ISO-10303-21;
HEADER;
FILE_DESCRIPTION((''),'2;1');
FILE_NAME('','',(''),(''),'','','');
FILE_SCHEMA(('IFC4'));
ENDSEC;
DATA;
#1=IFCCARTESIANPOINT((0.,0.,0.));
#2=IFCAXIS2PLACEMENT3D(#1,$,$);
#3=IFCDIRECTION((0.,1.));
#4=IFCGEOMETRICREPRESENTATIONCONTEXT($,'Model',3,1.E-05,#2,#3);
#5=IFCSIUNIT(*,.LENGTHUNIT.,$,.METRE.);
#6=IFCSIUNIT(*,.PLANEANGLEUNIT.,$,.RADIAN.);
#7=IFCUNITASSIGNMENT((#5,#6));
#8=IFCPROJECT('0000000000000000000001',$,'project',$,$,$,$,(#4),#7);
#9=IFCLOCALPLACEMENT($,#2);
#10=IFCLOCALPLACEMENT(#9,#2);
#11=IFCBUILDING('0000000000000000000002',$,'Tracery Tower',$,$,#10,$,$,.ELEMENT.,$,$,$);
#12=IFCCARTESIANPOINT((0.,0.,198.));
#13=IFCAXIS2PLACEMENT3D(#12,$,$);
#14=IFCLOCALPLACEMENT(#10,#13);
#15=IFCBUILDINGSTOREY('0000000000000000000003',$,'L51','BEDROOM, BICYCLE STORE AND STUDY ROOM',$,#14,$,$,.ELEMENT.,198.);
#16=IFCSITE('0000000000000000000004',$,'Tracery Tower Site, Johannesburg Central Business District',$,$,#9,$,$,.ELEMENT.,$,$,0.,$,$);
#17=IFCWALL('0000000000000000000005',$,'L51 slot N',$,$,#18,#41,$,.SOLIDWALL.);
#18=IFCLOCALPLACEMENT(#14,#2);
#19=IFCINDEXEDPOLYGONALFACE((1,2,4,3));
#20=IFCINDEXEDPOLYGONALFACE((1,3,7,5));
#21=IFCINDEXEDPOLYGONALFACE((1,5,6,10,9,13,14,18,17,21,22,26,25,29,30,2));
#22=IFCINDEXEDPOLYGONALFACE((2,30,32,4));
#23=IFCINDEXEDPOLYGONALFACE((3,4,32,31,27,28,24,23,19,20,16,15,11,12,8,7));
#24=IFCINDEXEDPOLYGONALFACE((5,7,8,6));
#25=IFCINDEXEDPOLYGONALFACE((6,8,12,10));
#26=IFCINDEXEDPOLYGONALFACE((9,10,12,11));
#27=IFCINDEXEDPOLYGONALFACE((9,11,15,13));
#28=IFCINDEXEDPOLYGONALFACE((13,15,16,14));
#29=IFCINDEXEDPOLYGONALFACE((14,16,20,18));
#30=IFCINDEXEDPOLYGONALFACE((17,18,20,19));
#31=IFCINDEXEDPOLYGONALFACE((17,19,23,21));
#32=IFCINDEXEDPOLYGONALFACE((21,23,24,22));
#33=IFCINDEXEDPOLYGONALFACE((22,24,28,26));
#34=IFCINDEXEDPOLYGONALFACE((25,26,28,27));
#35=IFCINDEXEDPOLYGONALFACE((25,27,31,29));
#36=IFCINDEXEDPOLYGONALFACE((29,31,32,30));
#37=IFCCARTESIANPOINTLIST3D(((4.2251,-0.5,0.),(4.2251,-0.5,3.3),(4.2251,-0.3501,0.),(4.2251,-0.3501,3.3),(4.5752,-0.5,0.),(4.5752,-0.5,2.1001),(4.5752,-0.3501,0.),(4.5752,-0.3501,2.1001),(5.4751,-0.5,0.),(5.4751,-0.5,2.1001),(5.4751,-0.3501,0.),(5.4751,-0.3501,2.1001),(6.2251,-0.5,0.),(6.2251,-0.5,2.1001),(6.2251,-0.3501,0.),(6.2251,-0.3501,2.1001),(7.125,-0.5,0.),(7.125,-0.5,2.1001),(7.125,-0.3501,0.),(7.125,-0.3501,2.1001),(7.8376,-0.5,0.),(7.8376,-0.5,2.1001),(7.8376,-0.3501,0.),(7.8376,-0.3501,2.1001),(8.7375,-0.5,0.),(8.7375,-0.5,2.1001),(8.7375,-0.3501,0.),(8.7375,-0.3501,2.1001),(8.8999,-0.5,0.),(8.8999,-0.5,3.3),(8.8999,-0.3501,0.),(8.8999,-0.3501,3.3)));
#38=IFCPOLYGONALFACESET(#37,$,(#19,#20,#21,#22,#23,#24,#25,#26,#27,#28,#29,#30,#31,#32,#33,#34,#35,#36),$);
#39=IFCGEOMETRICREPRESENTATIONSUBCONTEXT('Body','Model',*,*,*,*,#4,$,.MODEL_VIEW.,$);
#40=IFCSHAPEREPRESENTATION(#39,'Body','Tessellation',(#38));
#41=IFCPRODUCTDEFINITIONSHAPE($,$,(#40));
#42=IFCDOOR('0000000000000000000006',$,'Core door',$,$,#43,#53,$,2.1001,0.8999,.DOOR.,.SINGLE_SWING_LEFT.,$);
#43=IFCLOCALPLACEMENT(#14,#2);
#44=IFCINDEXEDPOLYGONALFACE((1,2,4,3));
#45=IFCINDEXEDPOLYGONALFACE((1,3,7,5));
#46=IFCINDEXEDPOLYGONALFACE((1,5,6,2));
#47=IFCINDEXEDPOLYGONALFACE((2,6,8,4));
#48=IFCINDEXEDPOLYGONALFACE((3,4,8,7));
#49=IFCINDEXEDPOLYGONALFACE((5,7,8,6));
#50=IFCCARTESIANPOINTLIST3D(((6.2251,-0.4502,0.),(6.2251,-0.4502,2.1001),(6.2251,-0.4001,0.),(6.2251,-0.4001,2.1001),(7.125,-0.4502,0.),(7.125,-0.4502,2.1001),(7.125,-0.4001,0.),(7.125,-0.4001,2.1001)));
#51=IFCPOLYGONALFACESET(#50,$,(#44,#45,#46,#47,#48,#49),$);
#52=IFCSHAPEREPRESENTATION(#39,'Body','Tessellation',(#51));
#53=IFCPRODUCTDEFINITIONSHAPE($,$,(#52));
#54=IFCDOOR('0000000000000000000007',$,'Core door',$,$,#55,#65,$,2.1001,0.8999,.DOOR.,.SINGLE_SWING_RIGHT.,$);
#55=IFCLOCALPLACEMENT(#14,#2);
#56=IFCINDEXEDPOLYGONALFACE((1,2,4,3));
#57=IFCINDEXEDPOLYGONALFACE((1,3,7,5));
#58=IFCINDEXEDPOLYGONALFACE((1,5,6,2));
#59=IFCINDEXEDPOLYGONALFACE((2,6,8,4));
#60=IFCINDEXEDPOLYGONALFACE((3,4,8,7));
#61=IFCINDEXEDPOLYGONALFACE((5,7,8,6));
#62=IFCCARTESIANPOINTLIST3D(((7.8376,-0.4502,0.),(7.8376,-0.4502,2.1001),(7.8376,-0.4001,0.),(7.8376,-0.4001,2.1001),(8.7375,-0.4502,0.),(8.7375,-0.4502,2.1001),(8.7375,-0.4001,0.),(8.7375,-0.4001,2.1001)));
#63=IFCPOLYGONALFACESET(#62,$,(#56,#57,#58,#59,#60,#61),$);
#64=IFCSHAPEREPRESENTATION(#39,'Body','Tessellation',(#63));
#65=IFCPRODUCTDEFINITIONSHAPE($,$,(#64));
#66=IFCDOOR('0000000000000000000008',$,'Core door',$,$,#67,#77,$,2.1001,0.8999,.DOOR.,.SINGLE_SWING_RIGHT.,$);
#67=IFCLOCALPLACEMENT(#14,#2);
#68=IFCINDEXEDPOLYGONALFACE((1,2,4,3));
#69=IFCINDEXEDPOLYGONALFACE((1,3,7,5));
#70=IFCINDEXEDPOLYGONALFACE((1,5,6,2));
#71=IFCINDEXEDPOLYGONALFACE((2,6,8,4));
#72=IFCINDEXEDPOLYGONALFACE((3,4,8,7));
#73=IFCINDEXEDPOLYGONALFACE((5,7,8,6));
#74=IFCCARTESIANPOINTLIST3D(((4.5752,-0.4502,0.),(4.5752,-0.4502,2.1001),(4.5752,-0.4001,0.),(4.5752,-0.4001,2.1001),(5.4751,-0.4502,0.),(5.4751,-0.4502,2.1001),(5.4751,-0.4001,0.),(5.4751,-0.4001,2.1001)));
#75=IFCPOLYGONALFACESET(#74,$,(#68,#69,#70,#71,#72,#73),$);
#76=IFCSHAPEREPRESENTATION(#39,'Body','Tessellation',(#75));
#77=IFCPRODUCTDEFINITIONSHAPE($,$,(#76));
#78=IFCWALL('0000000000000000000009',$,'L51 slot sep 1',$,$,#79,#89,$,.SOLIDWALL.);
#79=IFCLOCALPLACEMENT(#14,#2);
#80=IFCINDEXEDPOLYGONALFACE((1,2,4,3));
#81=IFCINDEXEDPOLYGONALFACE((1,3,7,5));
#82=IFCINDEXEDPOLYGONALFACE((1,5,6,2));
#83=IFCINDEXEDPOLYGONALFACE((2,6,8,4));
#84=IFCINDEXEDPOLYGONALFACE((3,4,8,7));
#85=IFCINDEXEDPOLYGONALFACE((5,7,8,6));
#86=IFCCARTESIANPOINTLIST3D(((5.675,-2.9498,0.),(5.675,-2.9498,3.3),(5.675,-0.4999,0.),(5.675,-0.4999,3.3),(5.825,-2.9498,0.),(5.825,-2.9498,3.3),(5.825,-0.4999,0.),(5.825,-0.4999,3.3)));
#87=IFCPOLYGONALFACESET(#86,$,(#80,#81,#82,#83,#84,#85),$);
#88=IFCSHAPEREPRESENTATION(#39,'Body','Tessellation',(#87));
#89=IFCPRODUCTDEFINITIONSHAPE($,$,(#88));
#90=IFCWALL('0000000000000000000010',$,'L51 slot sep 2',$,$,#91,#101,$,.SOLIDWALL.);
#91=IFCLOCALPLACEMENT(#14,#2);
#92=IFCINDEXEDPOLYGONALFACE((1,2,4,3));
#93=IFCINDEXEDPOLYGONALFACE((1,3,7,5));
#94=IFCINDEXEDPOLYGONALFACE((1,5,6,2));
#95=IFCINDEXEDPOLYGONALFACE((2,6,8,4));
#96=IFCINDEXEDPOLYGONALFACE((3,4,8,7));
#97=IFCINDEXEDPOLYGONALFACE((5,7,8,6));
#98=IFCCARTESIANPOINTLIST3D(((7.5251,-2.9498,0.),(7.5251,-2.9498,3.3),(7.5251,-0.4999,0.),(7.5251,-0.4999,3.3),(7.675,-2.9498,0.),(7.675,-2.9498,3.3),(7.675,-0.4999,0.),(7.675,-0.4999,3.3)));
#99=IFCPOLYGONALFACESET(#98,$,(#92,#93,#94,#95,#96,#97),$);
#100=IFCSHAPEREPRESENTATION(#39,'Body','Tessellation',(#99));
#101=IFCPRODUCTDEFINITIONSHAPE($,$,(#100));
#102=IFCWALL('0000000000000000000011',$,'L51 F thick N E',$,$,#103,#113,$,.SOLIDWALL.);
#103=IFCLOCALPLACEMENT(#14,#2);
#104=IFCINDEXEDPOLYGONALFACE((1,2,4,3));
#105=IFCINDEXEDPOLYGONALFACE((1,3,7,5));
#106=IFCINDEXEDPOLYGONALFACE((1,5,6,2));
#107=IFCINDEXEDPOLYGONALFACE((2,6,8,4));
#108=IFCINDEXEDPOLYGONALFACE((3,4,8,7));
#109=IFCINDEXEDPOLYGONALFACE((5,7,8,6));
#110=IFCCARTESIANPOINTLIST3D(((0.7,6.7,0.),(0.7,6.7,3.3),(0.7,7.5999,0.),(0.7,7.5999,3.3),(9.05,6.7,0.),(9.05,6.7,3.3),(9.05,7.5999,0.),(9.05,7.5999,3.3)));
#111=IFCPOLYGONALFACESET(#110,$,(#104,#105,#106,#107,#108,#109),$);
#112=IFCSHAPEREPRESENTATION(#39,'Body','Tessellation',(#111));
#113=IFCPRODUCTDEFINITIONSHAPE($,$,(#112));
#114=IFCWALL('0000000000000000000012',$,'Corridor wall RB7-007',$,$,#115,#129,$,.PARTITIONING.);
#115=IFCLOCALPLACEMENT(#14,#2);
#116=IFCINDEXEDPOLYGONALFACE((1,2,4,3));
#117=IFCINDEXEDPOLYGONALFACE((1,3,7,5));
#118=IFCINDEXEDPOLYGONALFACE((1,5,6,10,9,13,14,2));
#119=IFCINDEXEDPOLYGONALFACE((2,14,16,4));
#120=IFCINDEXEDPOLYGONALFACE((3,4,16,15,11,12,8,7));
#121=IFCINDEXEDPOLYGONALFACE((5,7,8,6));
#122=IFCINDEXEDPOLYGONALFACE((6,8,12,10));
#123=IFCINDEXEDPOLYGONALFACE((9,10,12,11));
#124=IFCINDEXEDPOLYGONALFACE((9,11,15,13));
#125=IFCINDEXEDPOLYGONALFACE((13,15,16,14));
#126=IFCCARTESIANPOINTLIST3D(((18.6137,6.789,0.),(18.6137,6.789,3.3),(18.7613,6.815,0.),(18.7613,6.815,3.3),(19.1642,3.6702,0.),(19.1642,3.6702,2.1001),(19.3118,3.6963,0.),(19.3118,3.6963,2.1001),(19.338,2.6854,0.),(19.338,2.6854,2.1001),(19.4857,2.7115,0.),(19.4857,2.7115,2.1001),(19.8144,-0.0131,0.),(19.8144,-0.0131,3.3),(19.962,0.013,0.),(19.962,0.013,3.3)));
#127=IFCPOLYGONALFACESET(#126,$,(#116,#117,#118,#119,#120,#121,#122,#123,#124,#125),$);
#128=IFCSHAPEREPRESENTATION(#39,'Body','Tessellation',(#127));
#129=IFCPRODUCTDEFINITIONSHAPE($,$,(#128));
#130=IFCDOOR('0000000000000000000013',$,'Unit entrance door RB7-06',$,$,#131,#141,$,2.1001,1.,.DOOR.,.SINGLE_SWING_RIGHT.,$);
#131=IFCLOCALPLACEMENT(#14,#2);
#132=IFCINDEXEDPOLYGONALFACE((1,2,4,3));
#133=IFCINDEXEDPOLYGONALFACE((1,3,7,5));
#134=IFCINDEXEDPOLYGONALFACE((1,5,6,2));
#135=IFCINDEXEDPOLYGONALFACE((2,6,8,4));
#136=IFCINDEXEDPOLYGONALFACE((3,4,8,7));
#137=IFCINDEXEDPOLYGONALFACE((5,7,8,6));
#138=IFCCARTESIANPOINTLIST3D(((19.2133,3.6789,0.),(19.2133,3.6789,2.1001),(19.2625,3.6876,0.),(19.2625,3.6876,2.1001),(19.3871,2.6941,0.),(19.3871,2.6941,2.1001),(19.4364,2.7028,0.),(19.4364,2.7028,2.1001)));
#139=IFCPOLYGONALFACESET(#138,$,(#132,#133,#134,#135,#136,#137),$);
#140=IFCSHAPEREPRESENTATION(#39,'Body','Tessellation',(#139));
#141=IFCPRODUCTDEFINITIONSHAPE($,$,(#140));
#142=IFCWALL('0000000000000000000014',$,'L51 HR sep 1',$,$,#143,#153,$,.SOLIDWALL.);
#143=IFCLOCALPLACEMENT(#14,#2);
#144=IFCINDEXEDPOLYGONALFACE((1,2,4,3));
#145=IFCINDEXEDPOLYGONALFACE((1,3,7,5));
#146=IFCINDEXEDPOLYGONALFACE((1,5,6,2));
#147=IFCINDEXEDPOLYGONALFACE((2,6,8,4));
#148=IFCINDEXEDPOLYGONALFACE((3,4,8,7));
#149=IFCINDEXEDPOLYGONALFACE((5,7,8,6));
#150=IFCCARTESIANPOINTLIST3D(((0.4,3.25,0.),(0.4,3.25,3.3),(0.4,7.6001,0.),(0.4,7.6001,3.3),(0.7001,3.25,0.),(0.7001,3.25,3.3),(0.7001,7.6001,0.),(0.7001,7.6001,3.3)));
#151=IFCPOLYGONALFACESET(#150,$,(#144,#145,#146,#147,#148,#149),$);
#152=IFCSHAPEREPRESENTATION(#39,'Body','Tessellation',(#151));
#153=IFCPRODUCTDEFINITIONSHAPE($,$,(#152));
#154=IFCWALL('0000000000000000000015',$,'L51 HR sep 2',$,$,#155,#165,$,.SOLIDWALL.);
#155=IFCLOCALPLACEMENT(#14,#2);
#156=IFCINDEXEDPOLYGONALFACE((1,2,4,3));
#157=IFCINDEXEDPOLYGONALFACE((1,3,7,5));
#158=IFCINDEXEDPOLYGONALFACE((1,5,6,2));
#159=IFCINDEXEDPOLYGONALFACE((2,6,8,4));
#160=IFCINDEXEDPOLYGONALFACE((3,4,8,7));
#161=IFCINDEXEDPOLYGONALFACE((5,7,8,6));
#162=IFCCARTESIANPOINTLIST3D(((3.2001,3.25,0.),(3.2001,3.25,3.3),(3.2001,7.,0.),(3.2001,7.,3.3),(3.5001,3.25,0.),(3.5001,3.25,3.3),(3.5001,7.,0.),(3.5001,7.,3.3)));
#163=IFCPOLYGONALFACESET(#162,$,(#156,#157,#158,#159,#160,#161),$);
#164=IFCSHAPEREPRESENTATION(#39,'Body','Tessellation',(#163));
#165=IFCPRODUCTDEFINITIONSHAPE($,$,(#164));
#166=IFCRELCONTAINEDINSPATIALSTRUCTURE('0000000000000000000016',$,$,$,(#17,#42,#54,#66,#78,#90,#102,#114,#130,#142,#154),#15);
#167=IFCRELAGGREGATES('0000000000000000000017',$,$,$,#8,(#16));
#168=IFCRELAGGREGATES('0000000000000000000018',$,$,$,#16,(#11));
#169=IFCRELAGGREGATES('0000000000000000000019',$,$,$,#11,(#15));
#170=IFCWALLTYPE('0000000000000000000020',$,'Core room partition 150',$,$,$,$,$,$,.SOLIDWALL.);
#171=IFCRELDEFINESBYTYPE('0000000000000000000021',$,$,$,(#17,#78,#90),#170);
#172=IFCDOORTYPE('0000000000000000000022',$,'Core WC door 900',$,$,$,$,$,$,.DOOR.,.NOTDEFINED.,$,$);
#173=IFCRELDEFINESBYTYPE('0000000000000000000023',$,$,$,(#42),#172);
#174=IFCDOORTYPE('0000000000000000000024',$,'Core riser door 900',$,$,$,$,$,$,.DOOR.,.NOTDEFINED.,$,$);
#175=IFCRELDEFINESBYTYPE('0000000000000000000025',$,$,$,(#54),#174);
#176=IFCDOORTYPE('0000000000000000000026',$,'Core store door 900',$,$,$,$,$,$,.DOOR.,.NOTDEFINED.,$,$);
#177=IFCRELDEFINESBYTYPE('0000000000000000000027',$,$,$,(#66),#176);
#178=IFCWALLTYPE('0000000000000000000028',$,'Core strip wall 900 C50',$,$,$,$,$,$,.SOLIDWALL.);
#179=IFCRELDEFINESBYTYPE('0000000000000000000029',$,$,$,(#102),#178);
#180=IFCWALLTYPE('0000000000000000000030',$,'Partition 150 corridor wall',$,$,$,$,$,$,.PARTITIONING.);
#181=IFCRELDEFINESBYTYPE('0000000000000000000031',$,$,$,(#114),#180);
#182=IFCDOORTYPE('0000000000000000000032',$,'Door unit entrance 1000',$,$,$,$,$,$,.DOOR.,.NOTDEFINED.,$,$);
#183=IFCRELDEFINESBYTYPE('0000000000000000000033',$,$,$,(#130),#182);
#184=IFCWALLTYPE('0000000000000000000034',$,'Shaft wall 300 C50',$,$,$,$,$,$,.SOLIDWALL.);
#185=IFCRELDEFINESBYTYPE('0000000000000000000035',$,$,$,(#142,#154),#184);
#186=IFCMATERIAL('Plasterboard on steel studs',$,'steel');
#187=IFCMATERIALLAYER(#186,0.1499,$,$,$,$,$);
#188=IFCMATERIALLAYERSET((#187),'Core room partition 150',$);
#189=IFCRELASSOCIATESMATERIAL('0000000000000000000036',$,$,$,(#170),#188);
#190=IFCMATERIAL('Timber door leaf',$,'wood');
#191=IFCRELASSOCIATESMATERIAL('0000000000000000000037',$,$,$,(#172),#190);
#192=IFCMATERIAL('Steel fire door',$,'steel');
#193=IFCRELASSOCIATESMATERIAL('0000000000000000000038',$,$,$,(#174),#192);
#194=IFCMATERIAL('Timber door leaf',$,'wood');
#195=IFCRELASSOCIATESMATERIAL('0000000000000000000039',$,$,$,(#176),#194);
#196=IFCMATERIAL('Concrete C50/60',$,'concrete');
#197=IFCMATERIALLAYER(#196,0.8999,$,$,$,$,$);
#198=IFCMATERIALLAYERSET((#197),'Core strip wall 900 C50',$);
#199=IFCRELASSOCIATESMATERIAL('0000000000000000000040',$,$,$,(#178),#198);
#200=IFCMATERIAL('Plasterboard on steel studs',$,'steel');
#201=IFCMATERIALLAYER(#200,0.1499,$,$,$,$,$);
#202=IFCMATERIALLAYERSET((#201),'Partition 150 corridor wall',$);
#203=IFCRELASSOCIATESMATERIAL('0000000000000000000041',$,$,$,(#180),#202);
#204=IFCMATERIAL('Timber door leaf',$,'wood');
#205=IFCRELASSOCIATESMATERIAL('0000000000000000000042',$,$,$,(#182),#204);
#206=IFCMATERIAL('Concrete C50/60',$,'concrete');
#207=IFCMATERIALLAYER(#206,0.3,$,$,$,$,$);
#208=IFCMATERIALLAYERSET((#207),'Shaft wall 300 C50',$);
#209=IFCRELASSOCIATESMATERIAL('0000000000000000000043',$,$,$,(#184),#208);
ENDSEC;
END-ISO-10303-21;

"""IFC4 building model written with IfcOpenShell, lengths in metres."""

from ifc_helpers import new_model, si_unit, direction, frame, frame_2d, origin, place, context, subcontext, project, spatial, rectangle, extrude, material, layer, layer_set, type_object, element, fill, save


model = new_model("IFC4")

# Units and contexts
model_context = context("Model", 3, precision=1e-05, world=origin(), true_north=direction((0.0, 1.0)))
body_context = subcontext(model_context, "Body", "Model", "MODEL_VIEW")
ifc_project = project(units=[si_unit("LENGTHUNIT", "METRE"), si_unit("PLANEANGLEUNIT", "RADIAN")], contexts=[model_context])

# Site, building, storey
site_placement = place(None, origin())
site = spatial("IfcSite", under=ifc_project, at=site_placement, Name="Tracery Tower Site, Johannesburg Central Business District", CompositionType="ELEMENT", RefElevation=0.0)
building_placement = place(site_placement, origin())
building = spatial("IfcBuilding", under=site, at=building_placement, Name="Tracery Tower", CompositionType="ELEMENT")
storey_placement = place(building_placement, frame((0.0, 0.0, 198.0)))
storey = spatial("IfcBuildingStorey", under=building, at=storey_placement, Name="L51", Description="BEDROOM, BICYCLE STORE AND STUDY ROOM", CompositionType="ELEMENT", Elevation=198.0)

# Wall, openings, doors
ifc_material_1 = material(Name="Plasterboard on steel studs", Category="steel")
ifc_layer_1 = layer(ifc_material_1, 0.1499)
ifc_layer_set_1 = layer_set([ifc_layer_1], Name="Core room partition 150")
wall_type_1 = type_object("IfcWallType", Name="Core room partition 150", PredefinedType="SOLIDWALL", material=ifc_layer_set_1)
wall_1_placement = place(storey_placement, frame((4.2251, -0.425, 0.0), z_axis=(0.0, 0.0, 1.0), x_axis=(1.0, 0.0, 0.0)))
wall_1 = element("IfcWall", 1, at=wall_1_placement, inside=storey, type_object=wall_type_1, Name="L51 slot N", PredefinedType="SOLIDWALL", context=body_context, shape_type="SweptSolid", body=[
    extrude(rectangle(XDim=4.6748, YDim=0.1499, at=frame_2d((2.3374, 0.0))), origin(), (0.0, 0.0, 1.0), 3.3),
])
opening_1_placement = place(wall_1_placement, frame((0.3501, 0.0, 0.0)))
opening_1 = element("IfcOpeningElement", 2, at=opening_1_placement, cuts=wall_1, PredefinedType="OPENING", context=body_context, shape_type="SweptSolid", body=[
    extrude(rectangle(XDim=0.8999, YDim=2.1001, at=frame_2d((0.45, 1.05))), frame((0.0, 0.075, 0.0), z_axis=(0.0, -1.0, 0.0), x_axis=(1.0, 0.0, 0.0)), (0.0, 0.0, 1.0), 0.1499),
])
opening_2_placement = place(wall_1_placement, frame((2.0, 0.0, 0.0)))
opening_2 = element("IfcOpeningElement", 3, at=opening_2_placement, cuts=wall_1, PredefinedType="OPENING", context=body_context, shape_type="SweptSolid", body=[
    extrude(rectangle(XDim=0.8999, YDim=2.1001, at=frame_2d((0.45, 1.05))), frame((0.0, 0.075, 0.0), z_axis=(0.0, -1.0, 0.0), x_axis=(1.0, 0.0, 0.0)), (0.0, 0.0, 1.0), 0.1499),
])
opening_3_placement = place(wall_1_placement, frame((3.6125, 0.0, 0.0)))
opening_3 = element("IfcOpeningElement", 4, at=opening_3_placement, cuts=wall_1, PredefinedType="OPENING", context=body_context, shape_type="SweptSolid", body=[
    extrude(rectangle(XDim=0.8999, YDim=2.1001, at=frame_2d((0.45, 1.05))), frame((0.0, 0.075, 0.0), z_axis=(0.0, -1.0, 0.0), x_axis=(1.0, 0.0, 0.0)), (0.0, 0.0, 1.0), 0.1499),
])
ifc_material_2 = material(Name="Timber door leaf", Category="wood")
door_type_1 = type_object("IfcDoorType", Name="Core WC door 900", OperationType="NOTDEFINED", PredefinedType="DOOR", material=ifc_material_2)
door_1_placement = place(opening_2_placement, origin())
door_1 = element("IfcDoor", 5, at=door_1_placement, inside=storey, type_object=door_type_1, Name="Core door", OperationType="SINGLE_SWING_LEFT", OverallHeight=2.1001, OverallWidth=0.8999, PredefinedType="DOOR", context=body_context, shape_type="SweptSolid", body=[
    extrude(rectangle(XDim=0.8999, YDim=2.1001, at=frame_2d((0.45, 1.05))), frame((0.0, 0.0249, 0.0), z_axis=(0.0, -1.0, 0.0), x_axis=(1.0, 0.0, 0.0)), (0.0, 0.0, 1.0), 0.05),
])
fill(opening_2, door_1)
ifc_material_3 = material(Name="Steel fire door", Category="steel")
door_type_2 = type_object("IfcDoorType", Name="Core riser door 900", OperationType="NOTDEFINED", PredefinedType="DOOR", material=ifc_material_3)
door_2_placement = place(opening_3_placement, origin())
door_2 = element("IfcDoor", 6, at=door_2_placement, inside=storey, type_object=door_type_2, Name="Core door", OperationType="SINGLE_SWING_RIGHT", OverallHeight=2.1001, OverallWidth=0.8999, PredefinedType="DOOR", context=body_context, shape_type="SweptSolid", body=[
    extrude(rectangle(XDim=0.8999, YDim=2.1001, at=frame_2d((0.45, 1.05))), frame((0.0, 0.0249, 0.0), z_axis=(0.0, -1.0, 0.0), x_axis=(1.0, 0.0, 0.0)), (0.0, 0.0, 1.0), 0.05),
])
fill(opening_3, door_2)
ifc_material_4 = material(Name="Timber door leaf", Category="wood")
door_type_3 = type_object("IfcDoorType", Name="Core store door 900", OperationType="NOTDEFINED", PredefinedType="DOOR", material=ifc_material_4)
door_3_placement = place(opening_1_placement, origin())
door_3 = element("IfcDoor", 7, at=door_3_placement, inside=storey, type_object=door_type_3, Name="Core door", OperationType="SINGLE_SWING_RIGHT", OverallHeight=2.1001, OverallWidth=0.8999, PredefinedType="DOOR", context=body_context, shape_type="SweptSolid", body=[
    extrude(rectangle(XDim=0.8999, YDim=2.1001, at=frame_2d((0.45, 1.05))), frame((0.0, 0.0249, 0.0), z_axis=(0.0, -1.0, 0.0), x_axis=(1.0, 0.0, 0.0)), (0.0, 0.0, 1.0), 0.05),
])
fill(opening_1, door_3)

# Walls
for number, where, z_axis, x_axis, name in (
    (8, (5.75, -2.95, 0.0), (0.0, 0.0, 1.0), (0.0, 1.0, 0.0), "L51 slot sep 1"),
    (9, (7.6001, -2.95, 0.0), (0.0, 0.0, 1.0), (0.0, 1.0, 0.0), "L51 slot sep 2"),
):
    element("IfcWall", number, at=place(storey_placement, frame(where, z_axis=z_axis, x_axis=x_axis)), inside=storey, type_object=wall_type_1, Name=name, PredefinedType="SOLIDWALL", context=body_context, shape_type="SweptSolid", body=[
        extrude(rectangle(XDim=2.45, YDim=0.1499, at=frame_2d((1.2251, 0.0))), origin(), (0.0, 0.0, 1.0), 3.3),
    ])
ifc_material_5 = material(Name="Concrete C50/60", Category="concrete")
ifc_layer_2 = layer(ifc_material_5, 0.8999)
ifc_layer_set_2 = layer_set([ifc_layer_2], Name="Core strip wall 900 C50")
wall_type_2 = type_object("IfcWallType", Name="Core strip wall 900 C50", PredefinedType="SOLIDWALL", material=ifc_layer_set_2)
wall_2_placement = place(storey_placement, frame((0.7, 7.1499, 0.0), z_axis=(0.0, 0.0, 1.0), x_axis=(1.0, 0.0, 0.0)))
element("IfcWall", 10, at=wall_2_placement, inside=storey, type_object=wall_type_2, Name="L51 F thick N E", PredefinedType="SOLIDWALL", context=body_context, shape_type="SweptSolid", body=[
    extrude(rectangle(XDim=8.3501, YDim=0.8999, at=frame_2d((4.175, 0.0))), origin(), (0.0, 0.0, 1.0), 3.3),
])

# Wall, opening, door
ifc_material_6 = material(Name="Plasterboard on steel studs", Category="steel")
ifc_layer_3 = layer(ifc_material_6, 0.1499)
ifc_layer_set_3 = layer_set([ifc_layer_3], Name="Partition 150 corridor wall")
wall_type_3 = type_object("IfcWallType", Name="Partition 150 corridor wall", PredefinedType="PARTITIONING", material=ifc_layer_set_3)
wall_3_placement = place(storey_placement, frame((18.6875, 6.802, 0.0), z_axis=(0.0, 0.0, 1.0), x_axis=(0.173832, -0.984775, 0.0)))
wall_3 = element("IfcWall", 11, at=wall_3_placement, inside=storey, type_object=wall_type_3, Name="Corridor wall RB7-007", PredefinedType="PARTITIONING", context=body_context, shape_type="SweptSolid", body=[
    extrude(rectangle(XDim=6.9072, YDim=0.1499, at=frame_2d((3.4536, 0.0))), origin(), (0.0, 0.0, 1.0), 3.3),
])
opening_4_placement = place(wall_3_placement, frame((3.167, 0.0, 0.0)))
opening_4 = element("IfcOpeningElement", 12, at=opening_4_placement, cuts=wall_3, PredefinedType="OPENING", context=body_context, shape_type="SweptSolid", body=[
    extrude(rectangle(XDim=1.0, YDim=2.1001, at=frame_2d((0.5, 1.05))), frame((0.0, 0.075, 0.0), z_axis=(0.0, -1.0, 0.0), x_axis=(1.0, 0.0, 0.0)), (0.0, 0.0, 1.0), 0.1499),
])
ifc_material_7 = material(Name="Timber door leaf", Category="wood")
door_type_4 = type_object("IfcDoorType", Name="Door unit entrance 1000", OperationType="NOTDEFINED", PredefinedType="DOOR", material=ifc_material_7)
door_4_placement = place(opening_4_placement, origin())
door_4 = element("IfcDoor", 13, at=door_4_placement, inside=storey, type_object=door_type_4, Name="Unit entrance door RB7-06", OperationType="SINGLE_SWING_RIGHT", OverallHeight=2.1001, OverallWidth=1.0, PredefinedType="DOOR", context=body_context, shape_type="SweptSolid", body=[
    extrude(rectangle(XDim=1.0, YDim=2.1001, at=frame_2d((0.5, 1.05))), frame((0.0, 0.0249, 0.0), z_axis=(0.0, -1.0, 0.0), x_axis=(1.0, 0.0, 0.0)), (0.0, 0.0, 1.0), 0.05),
])
fill(opening_4, door_4)

# Walls
ifc_material_8 = material(Name="Concrete C50/60", Category="concrete")
ifc_layer_4 = layer(ifc_material_8, 0.3)
ifc_layer_set_4 = layer_set([ifc_layer_4], Name="Shaft wall 300 C50")
wall_type_4 = type_object("IfcWallType", Name="Shaft wall 300 C50", PredefinedType="SOLIDWALL", material=ifc_layer_set_4)
wall_4_placement = place(storey_placement, frame((0.55, 3.25, 0.0), z_axis=(0.0, 0.0, 1.0), x_axis=(0.0, 1.0, 0.0)))
element("IfcWall", 14, at=wall_4_placement, inside=storey, type_object=wall_type_4, Name="L51 HR sep 1", PredefinedType="SOLIDWALL", context=body_context, shape_type="SweptSolid", body=[
    extrude(rectangle(XDim=4.3501, YDim=0.3, at=frame_2d((2.175, 0.0))), origin(), (0.0, 0.0, 1.0), 3.3),
])
for number, where, z_axis, x_axis, name in (
    (15, (3.3501, 3.25, 0.0), (0.0, 0.0, 1.0), (0.0, 1.0, 0.0), "L51 HR sep 2"),
):
    element("IfcWall", number, at=place(storey_placement, frame(where, z_axis=z_axis, x_axis=x_axis)), inside=storey, type_object=wall_type_4, Name=name, PredefinedType="SOLIDWALL", context=body_context, shape_type="SweptSolid", body=[
        extrude(rectangle(XDim=3.75, YDim=0.3, at=frame_2d((1.875, 0.0))), origin(), (0.0, 0.0, 1.0), 3.3),
    ])

save(model, "model.ifc")
